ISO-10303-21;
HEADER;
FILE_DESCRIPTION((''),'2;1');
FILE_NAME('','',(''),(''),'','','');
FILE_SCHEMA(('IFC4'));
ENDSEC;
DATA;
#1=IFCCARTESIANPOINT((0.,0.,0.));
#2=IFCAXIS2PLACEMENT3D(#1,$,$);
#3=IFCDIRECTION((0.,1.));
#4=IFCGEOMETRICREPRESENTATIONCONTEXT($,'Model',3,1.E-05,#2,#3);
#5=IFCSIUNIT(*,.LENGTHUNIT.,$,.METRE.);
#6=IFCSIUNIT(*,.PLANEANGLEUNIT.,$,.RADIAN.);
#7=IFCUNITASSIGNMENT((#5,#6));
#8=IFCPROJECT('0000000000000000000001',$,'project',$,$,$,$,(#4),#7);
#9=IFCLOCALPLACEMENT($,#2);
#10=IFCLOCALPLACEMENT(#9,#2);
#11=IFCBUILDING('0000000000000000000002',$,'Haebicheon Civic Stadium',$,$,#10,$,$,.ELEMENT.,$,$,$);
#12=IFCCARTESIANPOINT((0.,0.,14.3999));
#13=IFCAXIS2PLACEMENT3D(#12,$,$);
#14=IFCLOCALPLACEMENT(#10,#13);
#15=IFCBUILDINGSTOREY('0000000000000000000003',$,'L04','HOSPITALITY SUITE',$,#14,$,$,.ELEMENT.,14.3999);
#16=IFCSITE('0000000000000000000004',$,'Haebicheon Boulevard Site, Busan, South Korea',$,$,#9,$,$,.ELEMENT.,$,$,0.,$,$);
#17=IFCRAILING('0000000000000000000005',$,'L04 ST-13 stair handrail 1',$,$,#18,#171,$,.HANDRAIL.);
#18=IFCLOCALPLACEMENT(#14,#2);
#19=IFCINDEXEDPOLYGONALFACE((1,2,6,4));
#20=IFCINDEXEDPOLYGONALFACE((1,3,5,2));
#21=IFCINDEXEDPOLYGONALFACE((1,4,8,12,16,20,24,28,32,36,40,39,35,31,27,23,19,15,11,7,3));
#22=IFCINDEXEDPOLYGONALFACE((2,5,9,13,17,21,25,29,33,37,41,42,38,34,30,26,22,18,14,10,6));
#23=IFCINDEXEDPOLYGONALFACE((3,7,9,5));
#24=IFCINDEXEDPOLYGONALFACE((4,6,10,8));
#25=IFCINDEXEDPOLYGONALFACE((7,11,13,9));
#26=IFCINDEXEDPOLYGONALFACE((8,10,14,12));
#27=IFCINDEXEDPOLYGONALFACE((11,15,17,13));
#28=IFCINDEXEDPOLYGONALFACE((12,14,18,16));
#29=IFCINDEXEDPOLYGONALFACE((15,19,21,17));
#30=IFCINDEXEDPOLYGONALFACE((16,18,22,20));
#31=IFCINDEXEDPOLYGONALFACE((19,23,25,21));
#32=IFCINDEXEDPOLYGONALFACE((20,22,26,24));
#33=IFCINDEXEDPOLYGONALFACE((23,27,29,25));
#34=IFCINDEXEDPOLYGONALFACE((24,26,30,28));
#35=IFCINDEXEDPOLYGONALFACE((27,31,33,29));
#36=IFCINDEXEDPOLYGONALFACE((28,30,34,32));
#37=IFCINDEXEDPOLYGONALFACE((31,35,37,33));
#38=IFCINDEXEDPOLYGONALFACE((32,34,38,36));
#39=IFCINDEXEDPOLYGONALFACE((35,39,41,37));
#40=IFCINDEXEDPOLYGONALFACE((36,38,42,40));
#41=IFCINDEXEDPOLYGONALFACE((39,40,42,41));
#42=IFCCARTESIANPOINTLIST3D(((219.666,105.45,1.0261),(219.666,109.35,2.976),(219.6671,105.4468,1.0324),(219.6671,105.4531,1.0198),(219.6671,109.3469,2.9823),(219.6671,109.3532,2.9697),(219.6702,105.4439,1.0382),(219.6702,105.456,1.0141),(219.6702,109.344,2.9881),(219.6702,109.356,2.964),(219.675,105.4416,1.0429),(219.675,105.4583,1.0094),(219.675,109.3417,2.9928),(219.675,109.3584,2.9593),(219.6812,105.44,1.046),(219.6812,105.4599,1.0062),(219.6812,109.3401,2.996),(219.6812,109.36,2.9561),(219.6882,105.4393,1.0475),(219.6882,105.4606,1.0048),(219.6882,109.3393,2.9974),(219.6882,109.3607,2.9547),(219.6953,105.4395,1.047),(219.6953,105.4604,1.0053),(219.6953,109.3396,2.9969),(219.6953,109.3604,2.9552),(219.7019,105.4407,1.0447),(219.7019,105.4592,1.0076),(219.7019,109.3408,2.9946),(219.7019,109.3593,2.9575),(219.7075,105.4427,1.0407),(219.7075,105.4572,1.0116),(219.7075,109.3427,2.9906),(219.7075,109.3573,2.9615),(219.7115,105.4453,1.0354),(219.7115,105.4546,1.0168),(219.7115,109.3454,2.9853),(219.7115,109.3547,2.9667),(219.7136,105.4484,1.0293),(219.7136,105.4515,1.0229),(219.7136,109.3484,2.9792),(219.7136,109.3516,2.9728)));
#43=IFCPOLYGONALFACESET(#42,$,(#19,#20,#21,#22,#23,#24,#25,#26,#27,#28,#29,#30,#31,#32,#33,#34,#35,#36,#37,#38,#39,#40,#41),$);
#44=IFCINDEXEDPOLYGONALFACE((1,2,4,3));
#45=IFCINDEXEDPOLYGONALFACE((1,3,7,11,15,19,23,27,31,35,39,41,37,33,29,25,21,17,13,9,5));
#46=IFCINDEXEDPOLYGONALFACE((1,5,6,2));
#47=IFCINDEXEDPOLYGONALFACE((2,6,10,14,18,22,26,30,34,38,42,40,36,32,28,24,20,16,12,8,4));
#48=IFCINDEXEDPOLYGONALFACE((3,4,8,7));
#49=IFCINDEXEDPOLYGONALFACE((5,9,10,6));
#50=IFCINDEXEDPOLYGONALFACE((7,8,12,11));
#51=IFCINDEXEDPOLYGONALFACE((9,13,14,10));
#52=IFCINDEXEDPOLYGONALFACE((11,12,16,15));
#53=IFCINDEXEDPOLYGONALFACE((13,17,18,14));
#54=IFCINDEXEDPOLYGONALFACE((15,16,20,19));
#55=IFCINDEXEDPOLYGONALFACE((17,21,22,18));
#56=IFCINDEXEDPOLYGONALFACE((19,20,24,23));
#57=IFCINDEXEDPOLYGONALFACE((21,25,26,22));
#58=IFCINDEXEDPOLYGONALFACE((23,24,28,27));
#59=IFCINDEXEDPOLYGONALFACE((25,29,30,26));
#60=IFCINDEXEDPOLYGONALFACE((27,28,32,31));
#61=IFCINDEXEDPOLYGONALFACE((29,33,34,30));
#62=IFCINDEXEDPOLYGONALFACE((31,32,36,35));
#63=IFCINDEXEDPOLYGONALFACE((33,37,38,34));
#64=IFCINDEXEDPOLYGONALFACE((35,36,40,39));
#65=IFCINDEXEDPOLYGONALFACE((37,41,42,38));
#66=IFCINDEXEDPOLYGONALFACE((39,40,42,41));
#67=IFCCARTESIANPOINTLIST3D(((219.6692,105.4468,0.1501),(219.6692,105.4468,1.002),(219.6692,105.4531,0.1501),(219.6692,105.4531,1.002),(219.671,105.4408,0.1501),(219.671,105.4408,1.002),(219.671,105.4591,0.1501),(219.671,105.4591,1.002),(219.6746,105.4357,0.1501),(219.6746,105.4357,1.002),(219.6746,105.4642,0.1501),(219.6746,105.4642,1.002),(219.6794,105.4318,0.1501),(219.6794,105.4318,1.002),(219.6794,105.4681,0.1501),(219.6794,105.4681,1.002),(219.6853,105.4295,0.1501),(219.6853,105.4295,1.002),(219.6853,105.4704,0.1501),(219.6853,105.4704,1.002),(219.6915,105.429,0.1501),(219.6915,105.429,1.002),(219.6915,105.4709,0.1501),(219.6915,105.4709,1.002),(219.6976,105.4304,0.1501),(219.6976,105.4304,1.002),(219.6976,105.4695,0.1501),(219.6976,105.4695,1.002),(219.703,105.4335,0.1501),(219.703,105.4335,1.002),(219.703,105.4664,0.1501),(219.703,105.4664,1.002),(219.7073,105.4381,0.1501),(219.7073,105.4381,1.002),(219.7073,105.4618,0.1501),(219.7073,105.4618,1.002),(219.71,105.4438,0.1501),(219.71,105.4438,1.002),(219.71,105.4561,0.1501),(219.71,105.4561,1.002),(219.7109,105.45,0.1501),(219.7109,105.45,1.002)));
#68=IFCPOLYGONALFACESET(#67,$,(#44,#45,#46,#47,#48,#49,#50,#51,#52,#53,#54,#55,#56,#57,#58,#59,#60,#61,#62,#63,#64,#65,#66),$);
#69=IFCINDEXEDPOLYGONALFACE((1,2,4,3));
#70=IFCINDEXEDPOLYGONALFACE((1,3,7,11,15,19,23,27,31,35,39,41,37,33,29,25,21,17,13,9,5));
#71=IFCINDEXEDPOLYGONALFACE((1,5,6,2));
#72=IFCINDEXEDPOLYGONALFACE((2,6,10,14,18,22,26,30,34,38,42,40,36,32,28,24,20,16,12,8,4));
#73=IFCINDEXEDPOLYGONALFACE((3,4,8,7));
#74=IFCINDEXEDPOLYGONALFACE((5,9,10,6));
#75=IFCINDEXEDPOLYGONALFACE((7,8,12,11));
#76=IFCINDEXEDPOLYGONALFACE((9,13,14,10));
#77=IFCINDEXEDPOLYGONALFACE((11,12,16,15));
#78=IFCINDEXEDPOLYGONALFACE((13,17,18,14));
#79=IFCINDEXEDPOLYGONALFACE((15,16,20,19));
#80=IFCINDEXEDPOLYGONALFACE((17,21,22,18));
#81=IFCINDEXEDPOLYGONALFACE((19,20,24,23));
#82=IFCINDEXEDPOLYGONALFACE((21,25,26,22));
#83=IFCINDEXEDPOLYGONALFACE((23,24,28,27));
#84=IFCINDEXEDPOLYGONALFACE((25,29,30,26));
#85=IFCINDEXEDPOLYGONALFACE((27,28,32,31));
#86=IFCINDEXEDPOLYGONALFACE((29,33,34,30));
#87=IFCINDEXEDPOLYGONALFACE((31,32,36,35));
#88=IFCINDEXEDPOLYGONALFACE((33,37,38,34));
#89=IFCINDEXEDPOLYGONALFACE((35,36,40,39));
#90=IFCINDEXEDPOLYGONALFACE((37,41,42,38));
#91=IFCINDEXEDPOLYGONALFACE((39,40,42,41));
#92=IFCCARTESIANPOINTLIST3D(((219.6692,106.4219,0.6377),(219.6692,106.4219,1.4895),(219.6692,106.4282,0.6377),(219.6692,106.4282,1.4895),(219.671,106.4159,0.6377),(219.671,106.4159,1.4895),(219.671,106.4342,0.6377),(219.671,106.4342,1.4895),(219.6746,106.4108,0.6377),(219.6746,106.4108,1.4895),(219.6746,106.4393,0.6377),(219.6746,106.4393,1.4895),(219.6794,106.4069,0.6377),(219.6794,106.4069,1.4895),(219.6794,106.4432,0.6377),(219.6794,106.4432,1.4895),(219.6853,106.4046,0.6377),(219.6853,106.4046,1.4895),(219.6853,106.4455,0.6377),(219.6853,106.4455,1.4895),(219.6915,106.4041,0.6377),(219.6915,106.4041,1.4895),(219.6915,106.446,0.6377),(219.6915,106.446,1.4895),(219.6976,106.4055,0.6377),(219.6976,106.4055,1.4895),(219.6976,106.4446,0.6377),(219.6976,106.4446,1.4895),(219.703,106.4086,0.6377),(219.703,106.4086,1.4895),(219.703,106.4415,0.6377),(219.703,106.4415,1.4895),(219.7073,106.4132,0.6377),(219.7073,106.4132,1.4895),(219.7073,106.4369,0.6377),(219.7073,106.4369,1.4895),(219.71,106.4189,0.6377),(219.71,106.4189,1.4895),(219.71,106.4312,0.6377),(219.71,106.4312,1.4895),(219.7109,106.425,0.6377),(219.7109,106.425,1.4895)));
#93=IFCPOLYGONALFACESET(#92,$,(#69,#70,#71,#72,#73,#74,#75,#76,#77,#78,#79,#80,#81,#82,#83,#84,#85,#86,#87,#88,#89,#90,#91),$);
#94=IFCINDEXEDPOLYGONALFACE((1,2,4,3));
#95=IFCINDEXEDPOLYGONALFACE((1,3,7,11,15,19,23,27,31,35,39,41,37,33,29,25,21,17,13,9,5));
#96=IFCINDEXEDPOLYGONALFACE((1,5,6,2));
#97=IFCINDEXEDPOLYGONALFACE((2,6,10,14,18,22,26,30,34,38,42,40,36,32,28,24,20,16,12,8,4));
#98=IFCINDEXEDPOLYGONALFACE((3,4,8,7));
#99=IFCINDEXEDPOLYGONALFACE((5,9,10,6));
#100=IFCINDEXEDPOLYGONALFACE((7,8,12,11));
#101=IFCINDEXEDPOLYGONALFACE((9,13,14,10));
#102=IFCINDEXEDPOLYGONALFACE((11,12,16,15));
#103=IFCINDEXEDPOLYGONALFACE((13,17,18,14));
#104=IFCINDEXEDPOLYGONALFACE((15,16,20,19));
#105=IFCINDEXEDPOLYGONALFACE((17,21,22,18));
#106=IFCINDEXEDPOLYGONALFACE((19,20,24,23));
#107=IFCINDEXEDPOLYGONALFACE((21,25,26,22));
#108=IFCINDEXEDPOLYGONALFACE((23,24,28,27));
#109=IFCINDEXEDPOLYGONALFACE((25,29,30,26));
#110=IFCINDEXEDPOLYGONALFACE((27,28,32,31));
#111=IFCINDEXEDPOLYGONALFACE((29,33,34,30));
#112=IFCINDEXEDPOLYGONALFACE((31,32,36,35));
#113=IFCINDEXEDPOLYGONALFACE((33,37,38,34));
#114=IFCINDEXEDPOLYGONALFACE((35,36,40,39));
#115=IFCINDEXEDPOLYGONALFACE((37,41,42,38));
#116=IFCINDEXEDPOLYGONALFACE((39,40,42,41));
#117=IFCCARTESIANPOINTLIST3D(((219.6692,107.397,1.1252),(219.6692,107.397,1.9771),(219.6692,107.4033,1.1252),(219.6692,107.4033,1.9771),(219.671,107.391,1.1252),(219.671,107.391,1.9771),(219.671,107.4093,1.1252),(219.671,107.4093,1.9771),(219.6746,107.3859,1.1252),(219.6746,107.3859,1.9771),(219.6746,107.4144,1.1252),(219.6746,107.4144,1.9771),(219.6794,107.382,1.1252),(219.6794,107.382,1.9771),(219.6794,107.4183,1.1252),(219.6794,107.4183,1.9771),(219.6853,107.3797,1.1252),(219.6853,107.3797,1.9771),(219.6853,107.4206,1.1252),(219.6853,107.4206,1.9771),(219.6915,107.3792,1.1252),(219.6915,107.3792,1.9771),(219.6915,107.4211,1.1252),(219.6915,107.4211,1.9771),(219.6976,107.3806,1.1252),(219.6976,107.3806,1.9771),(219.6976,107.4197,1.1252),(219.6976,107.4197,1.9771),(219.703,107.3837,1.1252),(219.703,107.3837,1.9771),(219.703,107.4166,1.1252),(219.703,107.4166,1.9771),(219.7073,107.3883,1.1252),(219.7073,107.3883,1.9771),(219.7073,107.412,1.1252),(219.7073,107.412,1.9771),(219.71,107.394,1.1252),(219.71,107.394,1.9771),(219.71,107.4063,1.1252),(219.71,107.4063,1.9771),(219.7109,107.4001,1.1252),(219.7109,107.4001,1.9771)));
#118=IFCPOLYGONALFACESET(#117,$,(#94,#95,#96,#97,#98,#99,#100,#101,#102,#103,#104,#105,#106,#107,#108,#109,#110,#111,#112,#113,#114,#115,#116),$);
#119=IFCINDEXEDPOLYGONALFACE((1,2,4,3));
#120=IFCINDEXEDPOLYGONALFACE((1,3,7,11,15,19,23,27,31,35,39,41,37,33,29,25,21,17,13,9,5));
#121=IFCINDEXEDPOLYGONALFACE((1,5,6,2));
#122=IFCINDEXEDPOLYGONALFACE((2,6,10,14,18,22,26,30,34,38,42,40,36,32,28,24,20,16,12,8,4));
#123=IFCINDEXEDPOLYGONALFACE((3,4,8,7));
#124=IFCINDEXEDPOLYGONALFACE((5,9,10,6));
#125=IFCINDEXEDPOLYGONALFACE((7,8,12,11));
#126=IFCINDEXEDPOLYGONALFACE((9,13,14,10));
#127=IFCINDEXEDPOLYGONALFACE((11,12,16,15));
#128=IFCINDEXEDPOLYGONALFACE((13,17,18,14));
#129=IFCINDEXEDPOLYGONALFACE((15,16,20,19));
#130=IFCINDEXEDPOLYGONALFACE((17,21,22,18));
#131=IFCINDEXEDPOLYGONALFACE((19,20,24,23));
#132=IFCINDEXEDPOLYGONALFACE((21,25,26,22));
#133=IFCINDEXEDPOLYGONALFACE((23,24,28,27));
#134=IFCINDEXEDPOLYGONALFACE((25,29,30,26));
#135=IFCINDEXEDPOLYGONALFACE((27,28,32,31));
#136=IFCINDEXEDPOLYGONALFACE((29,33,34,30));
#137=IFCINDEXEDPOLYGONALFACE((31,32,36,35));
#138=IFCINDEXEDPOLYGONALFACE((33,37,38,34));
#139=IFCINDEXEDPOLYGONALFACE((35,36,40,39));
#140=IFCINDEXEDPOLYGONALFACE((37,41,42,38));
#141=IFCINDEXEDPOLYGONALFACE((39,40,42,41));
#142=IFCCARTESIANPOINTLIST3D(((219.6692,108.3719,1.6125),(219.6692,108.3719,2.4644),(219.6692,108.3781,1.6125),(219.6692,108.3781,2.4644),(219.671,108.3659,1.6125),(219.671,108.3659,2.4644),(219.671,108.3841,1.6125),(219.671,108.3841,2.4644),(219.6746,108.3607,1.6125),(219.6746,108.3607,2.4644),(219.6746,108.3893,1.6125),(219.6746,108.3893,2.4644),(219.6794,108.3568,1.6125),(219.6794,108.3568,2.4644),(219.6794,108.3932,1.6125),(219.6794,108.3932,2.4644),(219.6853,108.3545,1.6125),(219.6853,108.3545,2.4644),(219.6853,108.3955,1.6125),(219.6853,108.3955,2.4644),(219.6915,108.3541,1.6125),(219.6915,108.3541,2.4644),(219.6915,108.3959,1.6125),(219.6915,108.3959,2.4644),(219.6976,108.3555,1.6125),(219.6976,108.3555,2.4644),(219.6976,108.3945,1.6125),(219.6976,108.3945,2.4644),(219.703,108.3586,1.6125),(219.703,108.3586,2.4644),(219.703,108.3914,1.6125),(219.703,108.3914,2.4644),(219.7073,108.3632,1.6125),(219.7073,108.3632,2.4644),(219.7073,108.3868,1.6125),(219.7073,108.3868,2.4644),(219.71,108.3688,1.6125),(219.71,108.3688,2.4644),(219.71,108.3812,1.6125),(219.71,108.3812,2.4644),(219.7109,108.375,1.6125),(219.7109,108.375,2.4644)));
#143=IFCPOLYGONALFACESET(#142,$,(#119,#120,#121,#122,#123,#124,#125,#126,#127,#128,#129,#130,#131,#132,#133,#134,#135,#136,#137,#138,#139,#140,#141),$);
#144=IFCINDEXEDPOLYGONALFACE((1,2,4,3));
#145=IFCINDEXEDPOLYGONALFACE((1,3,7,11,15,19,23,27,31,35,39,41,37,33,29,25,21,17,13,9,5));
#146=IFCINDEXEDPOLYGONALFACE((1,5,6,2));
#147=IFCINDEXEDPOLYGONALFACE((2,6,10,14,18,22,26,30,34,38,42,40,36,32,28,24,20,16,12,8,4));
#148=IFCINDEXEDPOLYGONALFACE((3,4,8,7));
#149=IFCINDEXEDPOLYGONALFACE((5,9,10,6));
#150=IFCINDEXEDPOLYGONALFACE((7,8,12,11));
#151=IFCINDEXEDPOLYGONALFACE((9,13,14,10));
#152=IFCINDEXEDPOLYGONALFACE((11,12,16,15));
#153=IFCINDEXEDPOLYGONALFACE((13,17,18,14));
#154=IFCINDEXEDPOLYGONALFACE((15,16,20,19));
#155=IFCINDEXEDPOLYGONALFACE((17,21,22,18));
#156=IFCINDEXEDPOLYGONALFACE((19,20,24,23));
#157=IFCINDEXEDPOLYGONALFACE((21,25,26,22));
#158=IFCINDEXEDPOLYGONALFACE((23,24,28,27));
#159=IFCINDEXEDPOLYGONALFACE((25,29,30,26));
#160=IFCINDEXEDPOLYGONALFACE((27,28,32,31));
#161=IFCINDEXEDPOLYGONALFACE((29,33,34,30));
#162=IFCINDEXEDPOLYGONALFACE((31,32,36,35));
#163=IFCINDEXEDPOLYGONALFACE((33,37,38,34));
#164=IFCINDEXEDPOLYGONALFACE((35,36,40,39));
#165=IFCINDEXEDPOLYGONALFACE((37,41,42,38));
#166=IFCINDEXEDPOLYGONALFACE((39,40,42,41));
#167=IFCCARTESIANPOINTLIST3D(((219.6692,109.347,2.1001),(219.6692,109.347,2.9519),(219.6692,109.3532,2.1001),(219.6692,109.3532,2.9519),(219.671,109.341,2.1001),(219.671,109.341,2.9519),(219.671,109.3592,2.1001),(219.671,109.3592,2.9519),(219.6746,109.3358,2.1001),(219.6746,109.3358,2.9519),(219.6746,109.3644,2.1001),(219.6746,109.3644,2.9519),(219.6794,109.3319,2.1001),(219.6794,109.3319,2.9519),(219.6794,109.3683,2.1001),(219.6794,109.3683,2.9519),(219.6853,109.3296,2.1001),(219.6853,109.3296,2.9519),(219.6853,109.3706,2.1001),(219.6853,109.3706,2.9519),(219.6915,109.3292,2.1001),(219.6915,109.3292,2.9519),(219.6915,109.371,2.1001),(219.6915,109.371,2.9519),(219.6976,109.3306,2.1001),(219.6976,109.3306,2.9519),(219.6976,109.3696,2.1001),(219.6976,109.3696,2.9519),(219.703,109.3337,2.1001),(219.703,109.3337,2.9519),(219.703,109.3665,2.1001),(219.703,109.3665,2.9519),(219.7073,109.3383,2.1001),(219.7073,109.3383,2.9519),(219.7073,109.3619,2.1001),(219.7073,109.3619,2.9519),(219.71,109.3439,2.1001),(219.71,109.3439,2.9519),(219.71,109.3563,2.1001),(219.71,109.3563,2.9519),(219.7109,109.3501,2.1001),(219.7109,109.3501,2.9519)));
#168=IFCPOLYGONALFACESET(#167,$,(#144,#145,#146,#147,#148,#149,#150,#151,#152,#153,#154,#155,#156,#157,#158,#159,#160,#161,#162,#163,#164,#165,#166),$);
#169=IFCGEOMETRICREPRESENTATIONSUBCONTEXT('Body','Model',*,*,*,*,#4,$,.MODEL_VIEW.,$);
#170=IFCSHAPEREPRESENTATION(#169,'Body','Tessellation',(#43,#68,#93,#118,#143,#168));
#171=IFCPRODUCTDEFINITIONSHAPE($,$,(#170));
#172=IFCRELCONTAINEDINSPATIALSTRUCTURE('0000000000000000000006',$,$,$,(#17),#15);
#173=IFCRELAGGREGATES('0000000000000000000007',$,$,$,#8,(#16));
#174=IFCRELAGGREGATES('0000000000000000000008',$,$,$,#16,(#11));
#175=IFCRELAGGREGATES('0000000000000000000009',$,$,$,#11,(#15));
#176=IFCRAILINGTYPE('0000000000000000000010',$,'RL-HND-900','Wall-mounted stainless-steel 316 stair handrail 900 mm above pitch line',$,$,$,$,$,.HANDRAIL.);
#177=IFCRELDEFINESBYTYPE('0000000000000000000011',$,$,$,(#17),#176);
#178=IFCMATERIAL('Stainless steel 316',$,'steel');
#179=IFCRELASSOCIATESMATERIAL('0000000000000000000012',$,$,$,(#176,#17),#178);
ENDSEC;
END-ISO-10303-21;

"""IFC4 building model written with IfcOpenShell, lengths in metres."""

from ifc_helpers import new_model, si_unit, direction, frame, origin, origin_2d, place, context, subcontext, project, spatial, circle, extrude, material, type_object, element, save


model = new_model("IFC4")

# Units and contexts
model_context = context("Model", 3, precision=1e-05, world=origin(), true_north=direction((0.0, 1.0)))
body_context = subcontext(model_context, "Body", "Model", "MODEL_VIEW")
ifc_project = project(units=[si_unit("LENGTHUNIT", "METRE"), si_unit("PLANEANGLEUNIT", "RADIAN")], contexts=[model_context])

# Site, building, storey
site_placement = place(None, origin())
site = spatial("IfcSite", under=ifc_project, at=site_placement, Name="Haebicheon Boulevard Site, Busan, South Korea", CompositionType="ELEMENT", RefElevation=0.0)
building_placement = place(site_placement, origin())
building = spatial("IfcBuilding", under=site, at=building_placement, Name="Haebicheon Civic Stadium", CompositionType="ELEMENT")
storey_placement = place(building_placement, frame((0.0, 0.0, 14.3999)))
storey = spatial("IfcBuildingStorey", under=building, at=storey_placement, Name="L04", Description="HOSPITALITY SUITE", CompositionType="ELEMENT", Elevation=14.3999)

# Railing
ifc_material_1 = material(Name="Stainless steel 316", Category="steel")
railing_type_1 = type_object("IfcRailingType", Name="RL-HND-900", Description="Wall-mounted stainless-steel 316 stair handrail 900 mm above pitch line", PredefinedType="HANDRAIL", material=ifc_material_1)
railing_1_placement = place(storey_placement, frame((219.6899, 105.45, 0.1501)))
element("IfcRailing", 1, at=railing_1_placement, inside=storey, type_object=railing_type_1, material=ifc_material_1, Name="L04 ST-13 stair handrail 1", PredefinedType="HANDRAIL", context=body_context, shape_type="SweptSolid", body=[
    extrude(circle(Radius=0.0239, at=origin_2d()), frame((0.0, 0.0, 0.876), z_axis=(0.0, 0.894438, 0.447191), x_axis=(-1.0, 0.0, 0.0)), (0.0, 0.0, 1.0), 4.3604),
    extrude(circle(Radius=0.021, at=origin_2d()), origin(), (0.0, 0.0, 1.0), 0.8518),
    extrude(circle(Radius=0.021, at=origin_2d()), frame((0.0, 0.9751, 0.4875)), (0.0, 0.0, 1.0), 0.8518),
    extrude(circle(Radius=0.021, at=origin_2d()), frame((0.0, 1.9502, 0.9751)), (0.0, 0.0, 1.0), 0.8518),
    extrude(circle(Radius=0.021, at=origin_2d()), frame((0.0, 2.925, 1.4624)), (0.0, 0.0, 1.0), 0.8518),
    extrude(circle(Radius=0.021, at=origin_2d()), frame((0.0, 3.9001, 1.95)), (0.0, 0.0, 1.0), 0.8518),
])

save(model, "model.ifc")
